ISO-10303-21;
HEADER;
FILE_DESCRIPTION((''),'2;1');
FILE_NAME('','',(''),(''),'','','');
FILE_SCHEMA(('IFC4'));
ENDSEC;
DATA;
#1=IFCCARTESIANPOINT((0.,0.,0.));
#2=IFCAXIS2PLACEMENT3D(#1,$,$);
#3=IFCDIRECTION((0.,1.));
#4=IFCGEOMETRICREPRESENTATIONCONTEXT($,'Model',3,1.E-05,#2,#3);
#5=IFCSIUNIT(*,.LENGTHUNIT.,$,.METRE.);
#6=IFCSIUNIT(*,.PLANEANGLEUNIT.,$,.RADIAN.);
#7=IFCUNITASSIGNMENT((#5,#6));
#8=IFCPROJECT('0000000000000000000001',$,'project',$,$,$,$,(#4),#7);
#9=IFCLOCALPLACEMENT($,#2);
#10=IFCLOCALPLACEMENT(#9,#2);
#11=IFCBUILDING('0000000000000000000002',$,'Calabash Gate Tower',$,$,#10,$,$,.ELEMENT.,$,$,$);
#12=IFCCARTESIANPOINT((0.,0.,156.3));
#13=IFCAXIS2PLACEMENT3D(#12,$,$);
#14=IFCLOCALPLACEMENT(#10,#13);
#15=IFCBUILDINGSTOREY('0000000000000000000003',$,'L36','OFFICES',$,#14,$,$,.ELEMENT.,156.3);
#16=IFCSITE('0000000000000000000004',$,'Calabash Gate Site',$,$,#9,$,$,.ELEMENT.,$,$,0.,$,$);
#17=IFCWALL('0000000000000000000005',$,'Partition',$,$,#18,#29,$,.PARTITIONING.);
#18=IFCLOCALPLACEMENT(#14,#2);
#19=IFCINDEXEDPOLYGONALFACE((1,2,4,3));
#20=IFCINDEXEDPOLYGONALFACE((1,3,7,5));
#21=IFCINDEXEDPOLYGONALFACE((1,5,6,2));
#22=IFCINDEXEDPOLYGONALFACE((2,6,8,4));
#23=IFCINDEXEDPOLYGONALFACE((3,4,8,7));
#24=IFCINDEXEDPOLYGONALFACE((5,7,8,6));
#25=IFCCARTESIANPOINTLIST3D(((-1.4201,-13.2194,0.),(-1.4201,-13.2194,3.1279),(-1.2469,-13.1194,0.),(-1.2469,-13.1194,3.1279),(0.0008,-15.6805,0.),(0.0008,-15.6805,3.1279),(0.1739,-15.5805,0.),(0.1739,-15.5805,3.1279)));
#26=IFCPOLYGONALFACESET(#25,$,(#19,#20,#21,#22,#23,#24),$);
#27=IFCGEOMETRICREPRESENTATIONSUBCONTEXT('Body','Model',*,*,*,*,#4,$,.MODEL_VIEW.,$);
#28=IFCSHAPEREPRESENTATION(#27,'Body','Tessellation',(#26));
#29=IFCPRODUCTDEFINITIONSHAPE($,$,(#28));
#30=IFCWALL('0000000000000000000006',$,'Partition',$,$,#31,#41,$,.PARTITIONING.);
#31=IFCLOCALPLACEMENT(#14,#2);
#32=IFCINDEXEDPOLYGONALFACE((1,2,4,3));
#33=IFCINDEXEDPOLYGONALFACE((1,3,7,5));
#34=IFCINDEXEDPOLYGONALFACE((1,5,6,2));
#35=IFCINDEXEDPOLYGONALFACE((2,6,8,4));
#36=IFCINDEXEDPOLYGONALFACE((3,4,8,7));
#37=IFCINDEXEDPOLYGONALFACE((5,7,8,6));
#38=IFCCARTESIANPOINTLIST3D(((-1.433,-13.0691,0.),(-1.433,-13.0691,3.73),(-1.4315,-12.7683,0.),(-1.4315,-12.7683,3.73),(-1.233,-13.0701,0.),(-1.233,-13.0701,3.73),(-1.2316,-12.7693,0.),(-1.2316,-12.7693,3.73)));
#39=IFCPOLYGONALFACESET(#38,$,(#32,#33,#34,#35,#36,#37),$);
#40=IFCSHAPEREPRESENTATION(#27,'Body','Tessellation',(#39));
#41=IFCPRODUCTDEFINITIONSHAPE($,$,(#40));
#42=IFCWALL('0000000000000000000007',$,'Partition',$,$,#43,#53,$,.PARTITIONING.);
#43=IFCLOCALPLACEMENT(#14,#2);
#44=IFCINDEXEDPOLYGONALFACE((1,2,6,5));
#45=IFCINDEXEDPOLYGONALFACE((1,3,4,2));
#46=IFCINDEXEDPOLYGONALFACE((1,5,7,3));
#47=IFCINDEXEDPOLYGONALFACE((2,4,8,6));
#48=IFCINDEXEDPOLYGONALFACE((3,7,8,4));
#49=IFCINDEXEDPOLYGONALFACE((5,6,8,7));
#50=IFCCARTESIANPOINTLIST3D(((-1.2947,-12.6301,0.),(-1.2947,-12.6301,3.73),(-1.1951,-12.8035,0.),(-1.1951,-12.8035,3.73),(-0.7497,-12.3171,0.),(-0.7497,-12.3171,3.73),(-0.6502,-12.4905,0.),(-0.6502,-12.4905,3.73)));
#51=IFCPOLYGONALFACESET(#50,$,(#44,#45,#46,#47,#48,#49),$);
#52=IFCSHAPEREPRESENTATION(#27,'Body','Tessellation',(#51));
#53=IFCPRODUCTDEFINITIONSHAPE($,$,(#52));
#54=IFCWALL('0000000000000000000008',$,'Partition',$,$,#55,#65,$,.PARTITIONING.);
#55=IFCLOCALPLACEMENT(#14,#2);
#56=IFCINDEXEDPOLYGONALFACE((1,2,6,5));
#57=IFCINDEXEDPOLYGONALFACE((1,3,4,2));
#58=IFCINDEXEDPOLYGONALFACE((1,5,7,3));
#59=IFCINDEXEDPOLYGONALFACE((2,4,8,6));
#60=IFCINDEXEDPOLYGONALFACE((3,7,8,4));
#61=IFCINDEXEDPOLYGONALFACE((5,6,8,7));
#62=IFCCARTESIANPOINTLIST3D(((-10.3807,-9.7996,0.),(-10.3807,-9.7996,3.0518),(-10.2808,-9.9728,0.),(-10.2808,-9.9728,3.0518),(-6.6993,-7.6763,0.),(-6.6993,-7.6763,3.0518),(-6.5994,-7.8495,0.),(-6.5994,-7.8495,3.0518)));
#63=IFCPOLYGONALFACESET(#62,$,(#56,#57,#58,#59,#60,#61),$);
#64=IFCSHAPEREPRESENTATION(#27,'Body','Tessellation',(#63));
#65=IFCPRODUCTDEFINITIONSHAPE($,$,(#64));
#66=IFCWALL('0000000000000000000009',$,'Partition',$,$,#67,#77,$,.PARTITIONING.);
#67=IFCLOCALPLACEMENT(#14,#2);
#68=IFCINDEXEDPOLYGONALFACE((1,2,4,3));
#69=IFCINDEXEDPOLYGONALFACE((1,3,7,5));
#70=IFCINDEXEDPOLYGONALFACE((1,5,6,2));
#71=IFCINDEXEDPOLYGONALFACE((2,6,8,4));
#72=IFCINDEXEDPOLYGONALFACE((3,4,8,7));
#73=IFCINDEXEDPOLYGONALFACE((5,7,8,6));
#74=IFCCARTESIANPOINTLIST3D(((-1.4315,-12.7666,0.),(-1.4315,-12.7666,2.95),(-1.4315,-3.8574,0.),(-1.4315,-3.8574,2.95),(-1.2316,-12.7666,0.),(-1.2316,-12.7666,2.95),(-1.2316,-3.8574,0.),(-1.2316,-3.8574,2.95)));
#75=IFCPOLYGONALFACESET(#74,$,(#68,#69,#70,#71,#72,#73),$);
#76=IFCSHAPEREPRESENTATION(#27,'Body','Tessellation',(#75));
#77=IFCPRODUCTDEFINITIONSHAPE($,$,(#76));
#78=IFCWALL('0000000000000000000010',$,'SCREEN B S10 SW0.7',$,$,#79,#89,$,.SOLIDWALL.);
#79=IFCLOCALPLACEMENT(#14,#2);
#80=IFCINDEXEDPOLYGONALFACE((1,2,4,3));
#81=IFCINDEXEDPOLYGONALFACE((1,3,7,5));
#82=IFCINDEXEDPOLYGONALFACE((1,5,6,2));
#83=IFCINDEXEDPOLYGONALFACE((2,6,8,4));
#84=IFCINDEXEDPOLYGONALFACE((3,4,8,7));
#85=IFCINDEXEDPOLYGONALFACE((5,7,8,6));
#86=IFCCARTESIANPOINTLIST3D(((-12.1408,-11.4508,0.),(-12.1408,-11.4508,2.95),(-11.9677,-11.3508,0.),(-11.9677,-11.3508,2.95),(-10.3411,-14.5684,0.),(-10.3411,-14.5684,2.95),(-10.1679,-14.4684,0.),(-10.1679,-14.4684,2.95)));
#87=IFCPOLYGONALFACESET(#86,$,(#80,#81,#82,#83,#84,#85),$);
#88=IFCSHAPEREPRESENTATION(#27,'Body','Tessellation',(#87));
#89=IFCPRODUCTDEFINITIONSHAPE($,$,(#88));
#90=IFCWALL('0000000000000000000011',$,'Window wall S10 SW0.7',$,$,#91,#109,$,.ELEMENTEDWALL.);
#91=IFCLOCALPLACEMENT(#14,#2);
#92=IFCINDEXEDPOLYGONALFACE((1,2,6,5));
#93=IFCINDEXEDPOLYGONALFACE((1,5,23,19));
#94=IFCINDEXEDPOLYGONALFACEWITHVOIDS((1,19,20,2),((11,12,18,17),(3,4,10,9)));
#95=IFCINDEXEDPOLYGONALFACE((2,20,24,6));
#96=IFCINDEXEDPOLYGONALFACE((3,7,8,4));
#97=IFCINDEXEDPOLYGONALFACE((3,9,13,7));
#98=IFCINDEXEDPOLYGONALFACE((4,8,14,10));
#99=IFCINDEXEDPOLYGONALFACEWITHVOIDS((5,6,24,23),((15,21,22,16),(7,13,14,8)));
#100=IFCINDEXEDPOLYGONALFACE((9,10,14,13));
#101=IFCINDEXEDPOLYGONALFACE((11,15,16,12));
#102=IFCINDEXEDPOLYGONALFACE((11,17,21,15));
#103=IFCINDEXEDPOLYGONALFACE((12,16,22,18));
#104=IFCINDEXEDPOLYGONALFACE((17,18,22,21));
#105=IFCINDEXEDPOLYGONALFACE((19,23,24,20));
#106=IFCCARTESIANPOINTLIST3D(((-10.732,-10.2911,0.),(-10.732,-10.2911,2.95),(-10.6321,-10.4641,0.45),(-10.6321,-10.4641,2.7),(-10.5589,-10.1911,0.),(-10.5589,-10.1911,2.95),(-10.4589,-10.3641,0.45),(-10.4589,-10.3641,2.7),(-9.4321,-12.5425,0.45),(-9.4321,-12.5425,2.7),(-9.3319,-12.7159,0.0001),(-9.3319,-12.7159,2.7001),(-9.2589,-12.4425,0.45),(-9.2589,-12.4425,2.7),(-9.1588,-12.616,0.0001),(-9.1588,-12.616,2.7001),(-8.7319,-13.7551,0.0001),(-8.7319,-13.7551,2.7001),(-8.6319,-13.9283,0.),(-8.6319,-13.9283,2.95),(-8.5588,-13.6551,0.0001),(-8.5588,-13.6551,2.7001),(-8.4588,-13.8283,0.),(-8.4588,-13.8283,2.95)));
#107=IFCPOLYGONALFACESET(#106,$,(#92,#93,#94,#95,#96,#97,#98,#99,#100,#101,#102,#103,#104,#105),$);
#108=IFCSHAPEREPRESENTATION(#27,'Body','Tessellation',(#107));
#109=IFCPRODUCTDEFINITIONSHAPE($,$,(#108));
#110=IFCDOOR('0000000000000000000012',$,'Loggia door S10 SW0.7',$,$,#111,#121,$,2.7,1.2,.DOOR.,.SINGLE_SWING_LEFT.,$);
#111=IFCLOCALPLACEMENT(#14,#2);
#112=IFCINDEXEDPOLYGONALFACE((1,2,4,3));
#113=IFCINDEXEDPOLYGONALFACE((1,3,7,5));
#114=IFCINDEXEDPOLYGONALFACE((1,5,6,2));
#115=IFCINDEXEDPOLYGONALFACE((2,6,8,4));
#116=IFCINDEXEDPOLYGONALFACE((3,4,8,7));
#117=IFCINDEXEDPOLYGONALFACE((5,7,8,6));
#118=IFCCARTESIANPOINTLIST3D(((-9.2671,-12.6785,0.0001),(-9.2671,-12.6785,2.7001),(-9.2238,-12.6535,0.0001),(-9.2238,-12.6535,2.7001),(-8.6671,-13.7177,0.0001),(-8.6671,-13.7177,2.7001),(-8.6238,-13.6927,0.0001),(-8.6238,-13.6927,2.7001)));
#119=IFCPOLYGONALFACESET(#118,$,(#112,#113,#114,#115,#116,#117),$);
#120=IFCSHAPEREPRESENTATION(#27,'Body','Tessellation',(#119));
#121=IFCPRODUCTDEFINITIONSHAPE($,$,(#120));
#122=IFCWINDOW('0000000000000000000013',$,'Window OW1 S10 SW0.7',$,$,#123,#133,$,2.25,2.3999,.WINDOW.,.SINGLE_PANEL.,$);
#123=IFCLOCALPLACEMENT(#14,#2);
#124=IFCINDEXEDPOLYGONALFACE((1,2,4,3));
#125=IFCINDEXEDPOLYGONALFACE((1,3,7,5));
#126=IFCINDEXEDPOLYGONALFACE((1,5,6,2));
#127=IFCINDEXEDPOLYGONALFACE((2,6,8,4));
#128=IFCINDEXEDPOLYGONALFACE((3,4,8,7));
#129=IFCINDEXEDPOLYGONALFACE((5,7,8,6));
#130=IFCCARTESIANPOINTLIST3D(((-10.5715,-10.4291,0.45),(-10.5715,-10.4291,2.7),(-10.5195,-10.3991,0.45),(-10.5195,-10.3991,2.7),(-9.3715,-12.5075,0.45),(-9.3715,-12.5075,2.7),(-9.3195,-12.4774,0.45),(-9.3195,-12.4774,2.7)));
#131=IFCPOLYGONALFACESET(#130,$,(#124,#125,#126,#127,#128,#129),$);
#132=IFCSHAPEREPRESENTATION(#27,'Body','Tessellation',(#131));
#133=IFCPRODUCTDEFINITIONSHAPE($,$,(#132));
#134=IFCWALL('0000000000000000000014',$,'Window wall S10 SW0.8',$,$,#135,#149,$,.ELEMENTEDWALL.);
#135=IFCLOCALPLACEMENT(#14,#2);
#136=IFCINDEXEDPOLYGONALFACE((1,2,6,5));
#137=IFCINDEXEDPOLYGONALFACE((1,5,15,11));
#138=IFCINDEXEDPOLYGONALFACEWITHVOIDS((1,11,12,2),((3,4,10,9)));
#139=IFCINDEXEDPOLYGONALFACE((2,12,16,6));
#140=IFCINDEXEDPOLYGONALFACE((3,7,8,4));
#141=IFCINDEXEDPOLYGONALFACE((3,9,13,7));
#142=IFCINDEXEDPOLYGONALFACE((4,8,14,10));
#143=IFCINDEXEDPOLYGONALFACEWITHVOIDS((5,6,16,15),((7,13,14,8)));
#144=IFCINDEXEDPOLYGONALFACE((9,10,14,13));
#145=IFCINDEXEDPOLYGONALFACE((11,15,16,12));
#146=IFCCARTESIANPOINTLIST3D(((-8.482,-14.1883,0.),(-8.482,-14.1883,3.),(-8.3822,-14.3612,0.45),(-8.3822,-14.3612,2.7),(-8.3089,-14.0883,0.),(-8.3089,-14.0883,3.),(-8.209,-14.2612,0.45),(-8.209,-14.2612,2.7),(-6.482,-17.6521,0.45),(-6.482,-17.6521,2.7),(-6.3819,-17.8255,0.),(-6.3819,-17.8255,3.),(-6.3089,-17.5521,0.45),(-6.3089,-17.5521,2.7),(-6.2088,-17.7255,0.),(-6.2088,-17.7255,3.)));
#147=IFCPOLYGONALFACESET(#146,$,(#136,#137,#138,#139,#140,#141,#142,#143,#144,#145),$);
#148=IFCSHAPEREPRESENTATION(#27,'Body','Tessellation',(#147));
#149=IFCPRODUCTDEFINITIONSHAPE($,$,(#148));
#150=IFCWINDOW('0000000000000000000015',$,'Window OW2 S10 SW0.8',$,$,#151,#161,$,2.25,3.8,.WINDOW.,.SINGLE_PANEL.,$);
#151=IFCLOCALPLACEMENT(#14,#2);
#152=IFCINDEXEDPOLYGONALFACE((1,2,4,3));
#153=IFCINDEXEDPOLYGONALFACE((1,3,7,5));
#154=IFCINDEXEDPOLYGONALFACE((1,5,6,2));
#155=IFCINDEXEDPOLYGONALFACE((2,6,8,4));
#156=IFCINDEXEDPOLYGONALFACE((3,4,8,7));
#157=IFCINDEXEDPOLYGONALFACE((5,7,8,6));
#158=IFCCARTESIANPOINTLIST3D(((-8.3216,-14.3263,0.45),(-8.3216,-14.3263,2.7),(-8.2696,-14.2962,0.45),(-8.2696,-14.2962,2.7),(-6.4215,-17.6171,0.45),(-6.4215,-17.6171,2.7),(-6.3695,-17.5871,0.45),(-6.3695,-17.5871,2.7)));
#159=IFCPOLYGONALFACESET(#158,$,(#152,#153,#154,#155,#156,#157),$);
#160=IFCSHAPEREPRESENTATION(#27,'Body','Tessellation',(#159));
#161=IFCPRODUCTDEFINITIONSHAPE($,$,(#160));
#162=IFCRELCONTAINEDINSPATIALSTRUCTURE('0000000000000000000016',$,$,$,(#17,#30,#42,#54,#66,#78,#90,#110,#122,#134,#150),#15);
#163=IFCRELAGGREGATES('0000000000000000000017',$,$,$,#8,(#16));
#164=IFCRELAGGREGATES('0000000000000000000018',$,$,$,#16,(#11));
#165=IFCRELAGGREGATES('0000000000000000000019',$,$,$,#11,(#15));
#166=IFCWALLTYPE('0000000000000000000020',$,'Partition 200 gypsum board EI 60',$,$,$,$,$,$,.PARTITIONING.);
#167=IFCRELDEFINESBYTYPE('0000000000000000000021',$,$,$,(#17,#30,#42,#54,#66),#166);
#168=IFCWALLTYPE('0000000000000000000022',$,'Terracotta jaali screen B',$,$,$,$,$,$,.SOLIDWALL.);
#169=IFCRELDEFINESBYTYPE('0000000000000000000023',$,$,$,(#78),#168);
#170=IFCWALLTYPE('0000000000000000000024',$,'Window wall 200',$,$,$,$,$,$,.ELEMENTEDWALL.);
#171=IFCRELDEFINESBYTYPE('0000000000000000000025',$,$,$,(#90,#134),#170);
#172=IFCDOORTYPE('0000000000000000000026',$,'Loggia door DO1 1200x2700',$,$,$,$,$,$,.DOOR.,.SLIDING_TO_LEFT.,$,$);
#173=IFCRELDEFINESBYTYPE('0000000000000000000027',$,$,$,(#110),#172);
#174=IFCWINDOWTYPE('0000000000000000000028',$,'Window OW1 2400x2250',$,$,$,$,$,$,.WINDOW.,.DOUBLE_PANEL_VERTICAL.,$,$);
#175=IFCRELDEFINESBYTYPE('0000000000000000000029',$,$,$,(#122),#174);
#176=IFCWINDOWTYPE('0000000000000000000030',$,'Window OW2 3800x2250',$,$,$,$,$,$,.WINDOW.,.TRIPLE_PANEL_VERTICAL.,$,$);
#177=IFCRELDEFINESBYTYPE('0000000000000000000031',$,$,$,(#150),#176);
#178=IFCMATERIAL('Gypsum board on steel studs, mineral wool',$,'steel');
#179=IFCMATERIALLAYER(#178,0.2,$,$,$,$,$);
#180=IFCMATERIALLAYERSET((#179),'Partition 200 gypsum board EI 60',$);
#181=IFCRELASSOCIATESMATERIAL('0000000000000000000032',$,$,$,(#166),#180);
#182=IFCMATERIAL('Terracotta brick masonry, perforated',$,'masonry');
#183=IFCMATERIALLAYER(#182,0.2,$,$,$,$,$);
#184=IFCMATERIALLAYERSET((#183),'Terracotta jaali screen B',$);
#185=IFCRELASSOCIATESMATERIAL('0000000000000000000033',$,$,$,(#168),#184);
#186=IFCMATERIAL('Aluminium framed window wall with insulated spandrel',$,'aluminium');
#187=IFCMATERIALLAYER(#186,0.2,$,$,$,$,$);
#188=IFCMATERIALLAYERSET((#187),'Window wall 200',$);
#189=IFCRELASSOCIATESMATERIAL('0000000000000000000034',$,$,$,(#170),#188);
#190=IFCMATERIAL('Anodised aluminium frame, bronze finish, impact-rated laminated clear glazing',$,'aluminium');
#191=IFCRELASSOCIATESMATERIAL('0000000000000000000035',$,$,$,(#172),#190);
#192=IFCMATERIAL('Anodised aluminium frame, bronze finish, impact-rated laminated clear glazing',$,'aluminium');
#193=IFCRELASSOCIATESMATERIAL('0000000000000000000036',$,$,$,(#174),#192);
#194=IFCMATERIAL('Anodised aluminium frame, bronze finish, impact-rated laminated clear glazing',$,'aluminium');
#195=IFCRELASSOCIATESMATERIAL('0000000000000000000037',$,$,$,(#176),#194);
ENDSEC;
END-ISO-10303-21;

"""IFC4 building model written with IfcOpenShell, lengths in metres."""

from ifc_helpers import new_model, si_unit, direction, frame, frame_2d, origin, place, context, subcontext, project, spatial, rectangle, extrude, material, layer, layer_set, type_object, element, fill, save


model = new_model("IFC4")

# Units and contexts
model_context = context("Model", 3, precision=1e-05, world=origin(), true_north=direction((0.0, 1.0)))
body_context = subcontext(model_context, "Body", "Model", "MODEL_VIEW")
ifc_project = project(units=[si_unit("LENGTHUNIT", "METRE"), si_unit("PLANEANGLEUNIT", "RADIAN")], contexts=[model_context])

# Site, building, storey
site_placement = place(None, origin())
site = spatial("IfcSite", under=ifc_project, at=site_placement, Name="Calabash Gate Site", CompositionType="ELEMENT", RefElevation=0.0)
building_placement = place(site_placement, origin())
building = spatial("IfcBuilding", under=site, at=building_placement, Name="Calabash Gate Tower", CompositionType="ELEMENT")
storey_placement = place(building_placement, frame((0.0, 0.0, 156.3)))
storey = spatial("IfcBuildingStorey", under=building, at=storey_placement, Name="L36", Description="OFFICES", CompositionType="ELEMENT", Elevation=156.3)

# Walls
ifc_material_1 = material(Name="Gypsum board on steel studs, mineral wool", Category="steel")
ifc_layer_1 = layer(ifc_material_1, 0.2)
ifc_layer_set_1 = layer_set([ifc_layer_1], Name="Partition 200 gypsum board EI 60")
wall_type_1 = type_object("IfcWallType", Name="Partition 200 gypsum board EI 60", PredefinedType="PARTITIONING", material=ifc_layer_set_1)
wall_1_placement = place(storey_placement, frame((-1.3335, -13.1694, 0.0), z_axis=(0.0, 0.0, 1.0), x_axis=(0.499983, -0.866035, 0.0)))
element("IfcWall", 1, at=wall_1_placement, inside=storey, type_object=wall_type_1, Name="Partition", PredefinedType="PARTITIONING", context=body_context, shape_type="SweptSolid", body=[
    extrude(rectangle(XDim=2.8418, YDim=0.2, at=frame_2d((1.4209, 0.0))), origin(), (0.0, 0.0, 1.0), 3.1279),
])
wall_2_placement = place(storey_placement, frame((-1.333, -13.0696, 0.0), z_axis=(0.0, 0.0, 1.0), x_axis=(0.00487, 0.999988, 0.0)))
element("IfcWall", 2, at=wall_2_placement, inside=storey, type_object=wall_type_1, Name="Partition", PredefinedType="PARTITIONING", context=body_context, shape_type="SweptSolid", body=[
    extrude(rectangle(XDim=0.3008, YDim=0.2, at=frame_2d((0.1504, 0.0))), origin(), (0.0, 0.0, 1.0), 3.73),
])
wall_3_placement = place(storey_placement, frame((-1.2449, -12.7168, 0.0), z_axis=(0.0, 0.0, 1.0), x_axis=(0.867141, 0.498062, 0.0)))
element("IfcWall", 3, at=wall_3_placement, inside=storey, type_object=wall_type_1, Name="Partition", PredefinedType="PARTITIONING", context=body_context, shape_type="SweptSolid", body=[
    extrude(rectangle(XDim=0.6284, YDim=0.2, at=frame_2d((0.3142, 0.0))), origin(), (0.0, 0.0, 1.0), 3.73),
])
wall_4_placement = place(storey_placement, frame((-10.3308, -9.8862, 0.0), z_axis=(0.0, 0.0, 1.0), x_axis=(0.866246, 0.499618, 0.0)))
element("IfcWall", 4, at=wall_4_placement, inside=storey, type_object=wall_type_1, Name="Partition", PredefinedType="PARTITIONING", context=body_context, shape_type="SweptSolid", body=[
    extrude(rectangle(XDim=4.2498, YDim=0.2, at=frame_2d((2.125, 0.0))), origin(), (0.0, 0.0, 1.0), 3.0518),
])
wall_5_placement = place(storey_placement, frame((-1.3315, -12.7666, 0.0), z_axis=(0.0, 0.0, 1.0), x_axis=(0.0, 1.0, 0.0)))
element("IfcWall", 5, at=wall_5_placement, inside=storey, type_object=wall_type_1, Name="Partition", PredefinedType="PARTITIONING", context=body_context, shape_type="SweptSolid", body=[
    extrude(rectangle(XDim=8.9092, YDim=0.2, at=frame_2d((4.4546, 0.0))), origin(), (0.0, 0.0, 1.0), 2.95),
])
ifc_material_2 = material(Name="Terracotta brick masonry, perforated", Category="masonry")
ifc_layer_2 = layer(ifc_material_2, 0.2)
ifc_layer_set_2 = layer_set([ifc_layer_2], Name="Terracotta jaali screen B")
wall_type_2 = type_object("IfcWallType", Name="Terracotta jaali screen B", PredefinedType="SOLIDWALL", material=ifc_layer_set_2)
wall_6_placement = place(storey_placement, frame((-12.0542, -11.4009, 0.0), z_axis=(0.0, 0.0, 1.0), x_axis=(0.499961, -0.866048, 0.0)))
element("IfcWall", 6, at=wall_6_placement, inside=storey, type_object=wall_type_2, Name="SCREEN B S10 SW0.7", PredefinedType="SOLIDWALL", context=body_context, shape_type="SweptSolid", body=[
    extrude(rectangle(XDim=3.5999, YDim=0.2, at=frame_2d((1.7998, 0.0))), origin(), (0.0, 0.0, 1.0), 2.95),
])

# Wall, openings, door, window
ifc_material_3 = material(Name="Aluminium framed window wall with insulated spandrel", Category="aluminium")
ifc_layer_3 = layer(ifc_material_3, 0.2)
ifc_layer_set_3 = layer_set([ifc_layer_3], Name="Window wall 200")
wall_type_3 = type_object("IfcWallType", Name="Window wall 200", PredefinedType="ELEMENTEDWALL", material=ifc_layer_set_3)
wall_7_placement = place(storey_placement, frame((-10.6455, -10.241, 0.0), z_axis=(0.0, 0.0, 1.0), x_axis=(0.500028, -0.866009, 0.0)))
wall_7 = element("IfcWall", 7, at=wall_7_placement, inside=storey, type_object=wall_type_3, Name="Window wall S10 SW0.7", PredefinedType="ELEMENTEDWALL", context=body_context, shape_type="SweptSolid", body=[
    extrude(rectangle(XDim=4.2, YDim=0.2, at=frame_2d((2.1001, 0.0))), origin(), (0.0, 0.0, 1.0), 2.95),
])
opening_1_placement = place(wall_7_placement, frame((0.2, 0.0, 0.45)))
opening_1 = element("IfcOpeningElement", 8, at=opening_1_placement, cuts=wall_7, PredefinedType="OPENING", context=body_context, shape_type="SweptSolid", body=[
    extrude(rectangle(XDim=2.3999, YDim=2.25, at=frame_2d((1.2, 1.125))), frame((0.0, 0.1099, 0.0), z_axis=(0.0, -1.0, 0.0), x_axis=(1.0, 0.0, 0.0)), (0.0, 0.0, 1.0), 0.22),
])
opening_2_placement = place(wall_7_placement, frame((2.8, 0.0, 0.0)))
opening_2 = element("IfcOpeningElement", 9, at=opening_2_placement, cuts=wall_7, PredefinedType="OPENING", context=body_context, shape_type="SweptSolid", body=[
    extrude(rectangle(XDim=1.2, YDim=2.7, at=frame_2d((0.6001, 1.3501))), frame((0.0, 0.1099, 0.0), z_axis=(0.0, -1.0, 0.0), x_axis=(1.0, 0.0, 0.0)), (0.0, 0.0, 1.0), 0.22),
])
ifc_material_4 = material(Name="Anodised aluminium frame, bronze finish, impact-rated laminated clear glazing", Category="aluminium")
door_type = type_object("IfcDoorType", Name="Loggia door DO1 1200x2700", OperationType="SLIDING_TO_LEFT", PredefinedType="DOOR", material=ifc_material_4)
door_placement = place(opening_2_placement, origin())
door = element("IfcDoor", 10, at=door_placement, inside=storey, type_object=door_type, Name="Loggia door S10 SW0.7", OperationType="SINGLE_SWING_LEFT", OverallHeight=2.7, OverallWidth=1.2, PredefinedType="DOOR", context=body_context, shape_type="SweptSolid", body=[
    extrude(rectangle(XDim=1.2, YDim=2.7, at=frame_2d((0.6001, 1.3501))), frame((0.0, 0.0249, 0.0), z_axis=(0.0, -1.0, 0.0), x_axis=(1.0, 0.0, 0.0)), (0.0, 0.0, 1.0), 0.05),
])
fill(opening_2, door)
ifc_material_5 = material(Name="Anodised aluminium frame, bronze finish, impact-rated laminated clear glazing", Category="aluminium")
window_type_1 = type_object("IfcWindowType", Name="Window OW1 2400x2250", PartitioningType="DOUBLE_PANEL_VERTICAL", PredefinedType="WINDOW", material=ifc_material_5)
window_1_placement = place(opening_1_placement, origin())
window_1 = element("IfcWindow", 11, at=window_1_placement, inside=storey, type_object=window_type_1, Name="Window OW1 S10 SW0.7", OverallHeight=2.25, OverallWidth=2.3999, PartitioningType="SINGLE_PANEL", PredefinedType="WINDOW", context=body_context, shape_type="SweptSolid", body=[
    extrude(rectangle(XDim=2.3999, YDim=2.25, at=frame_2d((1.2, 1.125))), frame((0.0, 0.03, 0.0), z_axis=(0.0, -1.0, 0.0), x_axis=(1.0, 0.0, 0.0)), (0.0, 0.0, 1.0), 0.0601),
])
fill(opening_1, window_1)

# Wall, opening, window
wall_8_placement = place(storey_placement, frame((-8.3955, -14.1382, 0.0), z_axis=(0.0, 0.0, 1.0), x_axis=(0.500028, -0.866009, 0.0)))
wall_8 = element("IfcWall", 12, at=wall_8_placement, inside=storey, type_object=wall_type_3, Name="Window wall S10 SW0.8", PredefinedType="ELEMENTEDWALL", context=body_context, shape_type="SweptSolid", body=[
    extrude(rectangle(XDim=4.2, YDim=0.2, at=frame_2d((2.1001, 0.0))), origin(), (0.0, 0.0, 1.0), 3.0),
])
opening_3_placement = place(wall_8_placement, frame((0.2, 0.0, 0.45)))
opening_3 = element("IfcOpeningElement", 13, at=opening_3_placement, cuts=wall_8, PredefinedType="OPENING", context=body_context, shape_type="SweptSolid", body=[
    extrude(rectangle(XDim=3.8, YDim=2.25, at=frame_2d((1.8999, 1.125))), frame((0.0, 0.1099, 0.0), z_axis=(0.0, -1.0, 0.0), x_axis=(1.0, 0.0, 0.0)), (0.0, 0.0, 1.0), 0.22),
])
ifc_material_6 = material(Name="Anodised aluminium frame, bronze finish, impact-rated laminated clear glazing", Category="aluminium")
window_type_2 = type_object("IfcWindowType", Name="Window OW2 3800x2250", PartitioningType="TRIPLE_PANEL_VERTICAL", PredefinedType="WINDOW", material=ifc_material_6)
window_2_placement = place(opening_3_placement, origin())
window_2 = element("IfcWindow", 14, at=window_2_placement, inside=storey, type_object=window_type_2, Name="Window OW2 S10 SW0.8", OverallHeight=2.25, OverallWidth=3.8, PartitioningType="SINGLE_PANEL", PredefinedType="WINDOW", context=body_context, shape_type="SweptSolid", body=[
    extrude(rectangle(XDim=3.8, YDim=2.25, at=frame_2d((1.8999, 1.125))), frame((0.0, 0.03, 0.0), z_axis=(0.0, -1.0, 0.0), x_axis=(1.0, 0.0, 0.0)), (0.0, 0.0, 1.0), 0.0601),
])
fill(opening_3, window_2)

save(model, "model.ifc")
